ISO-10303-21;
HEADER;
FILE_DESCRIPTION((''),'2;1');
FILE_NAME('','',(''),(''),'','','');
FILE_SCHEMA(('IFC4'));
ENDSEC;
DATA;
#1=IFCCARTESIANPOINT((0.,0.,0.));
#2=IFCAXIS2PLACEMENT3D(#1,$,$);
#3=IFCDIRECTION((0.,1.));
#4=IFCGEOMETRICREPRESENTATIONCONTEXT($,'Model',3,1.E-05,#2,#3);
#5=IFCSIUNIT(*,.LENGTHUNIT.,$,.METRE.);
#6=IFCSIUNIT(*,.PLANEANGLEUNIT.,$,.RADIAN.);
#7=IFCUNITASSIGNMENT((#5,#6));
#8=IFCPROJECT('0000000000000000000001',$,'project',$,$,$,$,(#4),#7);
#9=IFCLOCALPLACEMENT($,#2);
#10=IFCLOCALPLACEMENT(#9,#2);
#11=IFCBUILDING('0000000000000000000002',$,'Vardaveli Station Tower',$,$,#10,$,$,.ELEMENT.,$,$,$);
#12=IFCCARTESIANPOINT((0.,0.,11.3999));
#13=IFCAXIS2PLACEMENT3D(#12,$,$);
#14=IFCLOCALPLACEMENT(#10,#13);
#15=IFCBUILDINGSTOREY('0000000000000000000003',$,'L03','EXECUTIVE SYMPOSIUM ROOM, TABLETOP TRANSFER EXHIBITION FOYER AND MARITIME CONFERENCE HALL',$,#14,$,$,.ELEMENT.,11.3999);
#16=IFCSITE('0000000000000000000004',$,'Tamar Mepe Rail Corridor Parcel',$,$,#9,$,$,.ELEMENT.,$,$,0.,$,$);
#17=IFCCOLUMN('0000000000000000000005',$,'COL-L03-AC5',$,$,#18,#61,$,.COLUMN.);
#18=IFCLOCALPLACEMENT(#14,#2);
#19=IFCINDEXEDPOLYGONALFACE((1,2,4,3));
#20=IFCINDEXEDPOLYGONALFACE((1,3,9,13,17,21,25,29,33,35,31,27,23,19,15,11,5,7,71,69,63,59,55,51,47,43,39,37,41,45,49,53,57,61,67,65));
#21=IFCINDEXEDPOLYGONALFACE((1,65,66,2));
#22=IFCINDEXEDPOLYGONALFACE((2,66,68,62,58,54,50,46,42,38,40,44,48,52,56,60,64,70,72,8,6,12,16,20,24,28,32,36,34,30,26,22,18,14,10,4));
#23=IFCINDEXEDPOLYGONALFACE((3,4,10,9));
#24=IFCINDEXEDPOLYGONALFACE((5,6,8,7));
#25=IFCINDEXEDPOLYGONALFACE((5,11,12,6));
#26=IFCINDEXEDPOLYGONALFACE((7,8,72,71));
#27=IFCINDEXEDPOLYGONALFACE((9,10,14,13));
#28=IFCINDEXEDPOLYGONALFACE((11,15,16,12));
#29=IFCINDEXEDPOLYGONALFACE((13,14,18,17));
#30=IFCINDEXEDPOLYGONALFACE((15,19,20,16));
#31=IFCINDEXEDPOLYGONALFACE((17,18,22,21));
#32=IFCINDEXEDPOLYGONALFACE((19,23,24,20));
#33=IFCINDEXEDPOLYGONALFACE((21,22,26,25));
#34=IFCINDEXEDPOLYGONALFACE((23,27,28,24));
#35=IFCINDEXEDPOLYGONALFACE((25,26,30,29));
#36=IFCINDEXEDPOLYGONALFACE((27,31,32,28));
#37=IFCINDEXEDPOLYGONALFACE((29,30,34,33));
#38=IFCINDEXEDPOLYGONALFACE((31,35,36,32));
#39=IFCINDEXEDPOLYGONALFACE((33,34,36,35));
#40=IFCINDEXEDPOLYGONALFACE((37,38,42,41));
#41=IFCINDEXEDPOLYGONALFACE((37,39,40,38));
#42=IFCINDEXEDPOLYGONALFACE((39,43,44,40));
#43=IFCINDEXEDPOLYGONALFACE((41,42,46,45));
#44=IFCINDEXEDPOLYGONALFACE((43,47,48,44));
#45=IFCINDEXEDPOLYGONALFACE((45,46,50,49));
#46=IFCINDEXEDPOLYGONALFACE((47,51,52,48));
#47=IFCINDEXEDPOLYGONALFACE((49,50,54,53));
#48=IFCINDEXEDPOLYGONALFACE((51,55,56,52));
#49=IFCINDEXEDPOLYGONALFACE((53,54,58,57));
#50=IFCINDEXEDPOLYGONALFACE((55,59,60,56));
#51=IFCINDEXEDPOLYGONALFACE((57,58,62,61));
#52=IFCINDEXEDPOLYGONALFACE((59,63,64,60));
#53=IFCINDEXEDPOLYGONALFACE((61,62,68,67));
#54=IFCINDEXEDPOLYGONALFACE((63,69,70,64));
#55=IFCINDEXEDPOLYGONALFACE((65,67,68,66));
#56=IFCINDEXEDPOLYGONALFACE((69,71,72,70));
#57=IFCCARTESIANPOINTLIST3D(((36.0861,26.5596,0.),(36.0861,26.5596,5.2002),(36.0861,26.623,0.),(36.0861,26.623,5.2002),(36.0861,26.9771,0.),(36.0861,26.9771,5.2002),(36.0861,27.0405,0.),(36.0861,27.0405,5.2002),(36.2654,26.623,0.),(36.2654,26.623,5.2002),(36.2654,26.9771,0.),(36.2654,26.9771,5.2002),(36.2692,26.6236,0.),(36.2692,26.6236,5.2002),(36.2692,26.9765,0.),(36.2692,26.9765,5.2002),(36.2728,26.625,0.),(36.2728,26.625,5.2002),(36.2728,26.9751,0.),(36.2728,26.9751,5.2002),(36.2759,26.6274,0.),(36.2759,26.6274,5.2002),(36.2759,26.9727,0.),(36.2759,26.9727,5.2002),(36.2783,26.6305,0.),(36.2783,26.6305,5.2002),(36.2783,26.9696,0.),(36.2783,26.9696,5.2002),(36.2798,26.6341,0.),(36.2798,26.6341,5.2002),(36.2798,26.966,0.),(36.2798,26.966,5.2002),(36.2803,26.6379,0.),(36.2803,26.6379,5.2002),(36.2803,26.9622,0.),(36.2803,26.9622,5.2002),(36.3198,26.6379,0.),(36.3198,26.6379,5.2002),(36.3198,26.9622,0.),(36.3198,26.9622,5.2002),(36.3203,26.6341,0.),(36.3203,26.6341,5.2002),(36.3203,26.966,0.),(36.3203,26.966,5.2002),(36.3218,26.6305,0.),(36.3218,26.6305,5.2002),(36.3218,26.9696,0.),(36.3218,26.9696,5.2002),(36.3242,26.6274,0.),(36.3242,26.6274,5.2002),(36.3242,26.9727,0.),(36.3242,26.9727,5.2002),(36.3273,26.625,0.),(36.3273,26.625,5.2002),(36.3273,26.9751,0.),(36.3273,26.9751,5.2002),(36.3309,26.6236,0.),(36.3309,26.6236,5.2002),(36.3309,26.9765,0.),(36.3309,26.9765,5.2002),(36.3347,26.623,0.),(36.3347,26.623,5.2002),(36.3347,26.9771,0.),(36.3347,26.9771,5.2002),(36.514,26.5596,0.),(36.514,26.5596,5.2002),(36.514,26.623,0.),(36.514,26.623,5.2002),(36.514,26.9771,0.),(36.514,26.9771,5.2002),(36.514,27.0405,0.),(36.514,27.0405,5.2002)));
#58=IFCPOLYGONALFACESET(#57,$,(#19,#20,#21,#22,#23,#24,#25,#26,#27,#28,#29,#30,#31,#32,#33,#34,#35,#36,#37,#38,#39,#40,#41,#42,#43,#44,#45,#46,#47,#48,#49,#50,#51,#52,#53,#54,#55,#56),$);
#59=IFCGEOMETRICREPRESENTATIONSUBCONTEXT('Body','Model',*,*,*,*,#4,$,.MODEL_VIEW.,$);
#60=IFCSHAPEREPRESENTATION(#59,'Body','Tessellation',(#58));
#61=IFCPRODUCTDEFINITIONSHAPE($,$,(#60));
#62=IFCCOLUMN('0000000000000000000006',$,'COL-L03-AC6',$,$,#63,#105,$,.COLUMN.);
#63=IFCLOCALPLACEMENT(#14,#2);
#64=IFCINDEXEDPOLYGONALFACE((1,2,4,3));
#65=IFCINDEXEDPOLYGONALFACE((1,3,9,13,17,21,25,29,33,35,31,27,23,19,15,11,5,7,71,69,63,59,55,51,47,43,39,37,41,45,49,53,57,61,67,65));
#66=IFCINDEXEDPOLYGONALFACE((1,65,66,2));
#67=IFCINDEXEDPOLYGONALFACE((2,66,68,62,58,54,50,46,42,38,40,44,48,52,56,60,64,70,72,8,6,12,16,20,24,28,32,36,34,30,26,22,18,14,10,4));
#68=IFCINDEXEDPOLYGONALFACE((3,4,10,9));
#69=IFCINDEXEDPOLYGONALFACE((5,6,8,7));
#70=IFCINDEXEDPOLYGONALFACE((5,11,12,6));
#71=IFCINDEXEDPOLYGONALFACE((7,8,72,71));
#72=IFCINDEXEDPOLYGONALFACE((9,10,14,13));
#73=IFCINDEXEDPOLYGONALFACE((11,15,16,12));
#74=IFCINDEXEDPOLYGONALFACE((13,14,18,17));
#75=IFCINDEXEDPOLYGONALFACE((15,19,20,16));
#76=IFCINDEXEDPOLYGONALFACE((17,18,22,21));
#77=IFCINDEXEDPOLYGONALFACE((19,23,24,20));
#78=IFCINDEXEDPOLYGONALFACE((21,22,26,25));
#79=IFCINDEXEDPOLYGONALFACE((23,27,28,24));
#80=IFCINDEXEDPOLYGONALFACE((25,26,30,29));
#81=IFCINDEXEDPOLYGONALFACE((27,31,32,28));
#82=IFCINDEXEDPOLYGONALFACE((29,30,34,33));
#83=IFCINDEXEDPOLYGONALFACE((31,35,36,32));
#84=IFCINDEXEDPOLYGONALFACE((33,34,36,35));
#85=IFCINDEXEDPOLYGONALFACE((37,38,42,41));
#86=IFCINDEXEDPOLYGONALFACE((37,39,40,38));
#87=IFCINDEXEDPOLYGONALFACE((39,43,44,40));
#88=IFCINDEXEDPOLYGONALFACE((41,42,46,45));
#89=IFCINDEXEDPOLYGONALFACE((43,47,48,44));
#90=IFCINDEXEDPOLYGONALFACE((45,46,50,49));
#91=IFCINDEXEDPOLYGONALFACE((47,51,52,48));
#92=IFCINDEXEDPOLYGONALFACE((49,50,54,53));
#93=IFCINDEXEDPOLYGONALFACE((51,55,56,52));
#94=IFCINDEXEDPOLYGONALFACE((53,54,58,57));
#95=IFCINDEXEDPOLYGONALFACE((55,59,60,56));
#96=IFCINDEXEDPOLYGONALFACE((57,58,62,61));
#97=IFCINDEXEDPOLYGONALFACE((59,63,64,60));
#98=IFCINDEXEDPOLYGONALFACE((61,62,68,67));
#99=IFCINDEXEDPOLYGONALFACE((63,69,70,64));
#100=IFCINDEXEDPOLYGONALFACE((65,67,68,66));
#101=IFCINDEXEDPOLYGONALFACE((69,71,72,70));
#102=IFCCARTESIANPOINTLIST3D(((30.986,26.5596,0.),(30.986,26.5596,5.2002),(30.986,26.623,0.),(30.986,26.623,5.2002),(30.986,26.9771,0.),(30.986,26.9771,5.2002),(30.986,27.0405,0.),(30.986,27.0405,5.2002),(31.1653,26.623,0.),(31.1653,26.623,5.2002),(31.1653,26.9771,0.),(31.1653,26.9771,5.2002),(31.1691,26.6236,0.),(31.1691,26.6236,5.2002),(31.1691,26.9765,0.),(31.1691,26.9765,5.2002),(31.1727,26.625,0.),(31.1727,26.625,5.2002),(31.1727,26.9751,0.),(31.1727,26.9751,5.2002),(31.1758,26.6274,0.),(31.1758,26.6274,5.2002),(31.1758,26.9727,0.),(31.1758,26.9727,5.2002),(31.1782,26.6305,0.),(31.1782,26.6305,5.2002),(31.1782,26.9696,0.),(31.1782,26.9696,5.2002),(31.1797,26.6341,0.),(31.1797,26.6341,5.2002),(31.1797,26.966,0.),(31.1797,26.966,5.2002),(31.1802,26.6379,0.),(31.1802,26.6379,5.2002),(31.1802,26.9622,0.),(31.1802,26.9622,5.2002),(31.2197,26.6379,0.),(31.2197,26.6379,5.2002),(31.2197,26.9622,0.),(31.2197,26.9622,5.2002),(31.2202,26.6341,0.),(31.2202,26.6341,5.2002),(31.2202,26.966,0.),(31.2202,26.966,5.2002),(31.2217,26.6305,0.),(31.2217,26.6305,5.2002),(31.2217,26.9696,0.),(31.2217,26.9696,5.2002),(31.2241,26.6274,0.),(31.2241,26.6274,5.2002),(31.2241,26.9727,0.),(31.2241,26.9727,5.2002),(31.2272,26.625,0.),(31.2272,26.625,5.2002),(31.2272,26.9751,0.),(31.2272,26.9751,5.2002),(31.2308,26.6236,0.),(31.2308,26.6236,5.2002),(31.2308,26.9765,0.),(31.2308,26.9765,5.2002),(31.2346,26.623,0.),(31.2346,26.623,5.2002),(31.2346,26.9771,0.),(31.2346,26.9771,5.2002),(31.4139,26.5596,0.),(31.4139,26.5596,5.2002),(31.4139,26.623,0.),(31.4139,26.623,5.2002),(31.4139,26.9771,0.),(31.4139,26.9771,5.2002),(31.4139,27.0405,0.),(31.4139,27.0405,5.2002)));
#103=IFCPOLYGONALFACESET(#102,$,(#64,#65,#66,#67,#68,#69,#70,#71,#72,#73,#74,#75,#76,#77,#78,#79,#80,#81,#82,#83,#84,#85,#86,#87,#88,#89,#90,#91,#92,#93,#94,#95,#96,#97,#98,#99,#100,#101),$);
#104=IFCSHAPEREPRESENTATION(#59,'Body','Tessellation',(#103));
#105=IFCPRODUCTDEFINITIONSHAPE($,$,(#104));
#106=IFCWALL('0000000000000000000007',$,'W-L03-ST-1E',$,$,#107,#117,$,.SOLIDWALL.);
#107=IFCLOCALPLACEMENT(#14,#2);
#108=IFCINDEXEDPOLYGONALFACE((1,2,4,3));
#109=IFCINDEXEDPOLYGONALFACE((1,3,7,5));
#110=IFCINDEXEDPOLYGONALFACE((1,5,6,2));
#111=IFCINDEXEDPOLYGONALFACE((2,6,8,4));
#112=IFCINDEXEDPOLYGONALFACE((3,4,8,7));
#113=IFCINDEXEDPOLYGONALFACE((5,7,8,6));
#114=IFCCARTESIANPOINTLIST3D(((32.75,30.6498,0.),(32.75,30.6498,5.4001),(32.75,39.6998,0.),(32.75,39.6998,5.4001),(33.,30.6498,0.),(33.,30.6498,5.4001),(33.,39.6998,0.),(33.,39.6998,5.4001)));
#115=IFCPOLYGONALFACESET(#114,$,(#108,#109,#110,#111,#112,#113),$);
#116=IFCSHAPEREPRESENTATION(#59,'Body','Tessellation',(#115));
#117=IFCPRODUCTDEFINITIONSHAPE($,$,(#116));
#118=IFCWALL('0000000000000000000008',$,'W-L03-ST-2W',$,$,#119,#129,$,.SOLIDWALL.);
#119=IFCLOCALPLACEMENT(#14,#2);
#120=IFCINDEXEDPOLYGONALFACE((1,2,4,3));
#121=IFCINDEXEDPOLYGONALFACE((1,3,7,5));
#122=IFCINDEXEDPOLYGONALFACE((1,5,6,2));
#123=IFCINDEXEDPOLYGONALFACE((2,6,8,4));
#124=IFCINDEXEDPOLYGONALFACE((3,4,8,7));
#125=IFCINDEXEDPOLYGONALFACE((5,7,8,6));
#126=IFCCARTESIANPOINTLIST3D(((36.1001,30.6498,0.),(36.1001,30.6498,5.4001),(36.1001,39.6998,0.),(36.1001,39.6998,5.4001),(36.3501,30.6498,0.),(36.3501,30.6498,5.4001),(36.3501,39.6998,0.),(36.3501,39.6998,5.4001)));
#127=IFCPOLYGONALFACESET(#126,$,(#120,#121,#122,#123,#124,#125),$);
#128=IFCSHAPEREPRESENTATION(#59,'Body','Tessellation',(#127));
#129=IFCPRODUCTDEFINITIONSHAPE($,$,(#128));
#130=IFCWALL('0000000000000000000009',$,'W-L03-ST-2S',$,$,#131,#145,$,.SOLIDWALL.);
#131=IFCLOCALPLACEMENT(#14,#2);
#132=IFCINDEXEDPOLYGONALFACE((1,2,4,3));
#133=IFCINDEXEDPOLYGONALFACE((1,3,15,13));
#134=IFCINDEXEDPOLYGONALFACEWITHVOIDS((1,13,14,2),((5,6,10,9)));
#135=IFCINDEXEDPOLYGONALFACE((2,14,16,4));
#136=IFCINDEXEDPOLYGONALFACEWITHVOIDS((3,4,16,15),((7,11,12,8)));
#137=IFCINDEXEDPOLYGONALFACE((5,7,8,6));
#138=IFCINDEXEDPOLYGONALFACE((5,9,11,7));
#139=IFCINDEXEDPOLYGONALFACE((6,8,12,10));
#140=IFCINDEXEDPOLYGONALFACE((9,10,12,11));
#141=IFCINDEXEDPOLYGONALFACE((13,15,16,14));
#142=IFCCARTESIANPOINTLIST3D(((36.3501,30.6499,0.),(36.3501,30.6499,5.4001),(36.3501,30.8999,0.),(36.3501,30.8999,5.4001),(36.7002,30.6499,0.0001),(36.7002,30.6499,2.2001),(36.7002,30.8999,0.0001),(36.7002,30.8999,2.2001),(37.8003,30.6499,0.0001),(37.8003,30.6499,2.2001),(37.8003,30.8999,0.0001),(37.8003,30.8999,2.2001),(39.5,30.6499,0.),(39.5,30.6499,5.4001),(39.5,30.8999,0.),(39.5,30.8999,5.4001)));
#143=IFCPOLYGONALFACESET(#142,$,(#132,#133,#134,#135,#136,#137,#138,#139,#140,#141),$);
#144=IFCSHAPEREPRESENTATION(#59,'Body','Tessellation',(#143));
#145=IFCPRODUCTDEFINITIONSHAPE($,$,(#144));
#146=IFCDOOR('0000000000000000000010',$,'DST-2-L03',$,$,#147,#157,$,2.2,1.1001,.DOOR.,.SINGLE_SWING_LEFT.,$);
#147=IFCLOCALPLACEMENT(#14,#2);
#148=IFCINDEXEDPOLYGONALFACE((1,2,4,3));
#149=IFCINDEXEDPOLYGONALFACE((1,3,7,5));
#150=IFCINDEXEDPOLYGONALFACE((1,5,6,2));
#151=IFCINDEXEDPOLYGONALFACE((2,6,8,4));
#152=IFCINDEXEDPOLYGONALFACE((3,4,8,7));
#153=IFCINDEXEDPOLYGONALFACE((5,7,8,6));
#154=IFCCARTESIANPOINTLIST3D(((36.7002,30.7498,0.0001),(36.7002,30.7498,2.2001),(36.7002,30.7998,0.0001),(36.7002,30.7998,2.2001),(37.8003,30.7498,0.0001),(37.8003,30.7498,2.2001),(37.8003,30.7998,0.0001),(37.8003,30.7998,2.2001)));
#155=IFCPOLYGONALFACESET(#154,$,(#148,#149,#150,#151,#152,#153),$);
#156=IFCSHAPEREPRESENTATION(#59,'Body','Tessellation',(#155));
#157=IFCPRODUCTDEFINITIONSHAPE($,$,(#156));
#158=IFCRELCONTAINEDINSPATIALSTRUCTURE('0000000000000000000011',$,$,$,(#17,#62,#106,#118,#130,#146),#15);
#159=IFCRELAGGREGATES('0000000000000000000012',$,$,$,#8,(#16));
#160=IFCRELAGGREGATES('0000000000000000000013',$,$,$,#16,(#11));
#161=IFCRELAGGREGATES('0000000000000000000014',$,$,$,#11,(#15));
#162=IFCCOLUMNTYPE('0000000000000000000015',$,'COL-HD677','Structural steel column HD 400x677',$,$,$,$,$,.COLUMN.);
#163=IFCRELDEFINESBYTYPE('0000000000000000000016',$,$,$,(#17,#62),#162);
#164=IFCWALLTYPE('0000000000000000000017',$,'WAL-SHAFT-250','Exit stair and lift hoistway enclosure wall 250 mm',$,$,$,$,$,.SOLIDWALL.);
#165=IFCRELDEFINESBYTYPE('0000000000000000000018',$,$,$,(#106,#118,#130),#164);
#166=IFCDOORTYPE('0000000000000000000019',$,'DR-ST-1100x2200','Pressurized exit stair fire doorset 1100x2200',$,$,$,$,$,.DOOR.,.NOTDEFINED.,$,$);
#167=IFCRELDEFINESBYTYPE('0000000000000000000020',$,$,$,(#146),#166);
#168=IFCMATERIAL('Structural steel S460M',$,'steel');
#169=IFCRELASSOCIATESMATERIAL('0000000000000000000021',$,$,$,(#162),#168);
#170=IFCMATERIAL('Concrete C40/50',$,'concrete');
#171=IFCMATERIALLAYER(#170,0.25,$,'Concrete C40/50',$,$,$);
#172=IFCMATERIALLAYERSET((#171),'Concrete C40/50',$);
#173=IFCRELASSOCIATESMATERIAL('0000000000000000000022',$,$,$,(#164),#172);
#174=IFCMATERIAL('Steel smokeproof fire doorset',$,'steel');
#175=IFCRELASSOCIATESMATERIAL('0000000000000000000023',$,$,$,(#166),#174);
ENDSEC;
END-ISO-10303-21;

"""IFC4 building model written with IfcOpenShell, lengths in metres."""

from ifc_helpers import new_model, si_unit, direction, frame, frame_2d, origin, origin_2d, place, context, subcontext, project, spatial, rectangle, i_section, extrude, source, transform, mapped, material, layer, layer_set, material_profile, profile_set, type_object, element, fill, save


model = new_model("IFC4")

# Units and contexts
model_context = context("Model", 3, precision=1e-05, world=origin(), true_north=direction((0.0, 1.0)))
body_context = subcontext(model_context, "Body", "Model", "MODEL_VIEW")
ifc_project = project(units=[si_unit("LENGTHUNIT", "METRE"), si_unit("PLANEANGLEUNIT", "RADIAN")], contexts=[model_context])

# Site, building, storey
site_placement = place(None, origin())
site = spatial("IfcSite", under=ifc_project, at=site_placement, Name="Tamar Mepe Rail Corridor Parcel", CompositionType="ELEMENT", RefElevation=0.0)
building_placement = place(site_placement, origin())
building = spatial("IfcBuilding", under=site, at=building_placement, Name="Vardaveli Station Tower", CompositionType="ELEMENT")
storey_placement = place(building_placement, frame((0.0, 0.0, 11.3999)))
storey = spatial("IfcBuildingStorey", under=building, at=storey_placement, Name="L03", Description="EXECUTIVE SYMPOSIUM ROOM, TABLETOP TRANSFER EXHIBITION FOYER AND MARITIME CONFERENCE HALL", CompositionType="ELEMENT", Elevation=11.3999)

# Columns
ifc_material_1 = material(Name="Structural steel S460M", Category="steel")
ifc_material_profile = material_profile(ifc_material_1, i_section(OverallWidth=0.428, OverallDepth=0.481, WebThickness=0.0396, FlangeThickness=0.0635, FilletRadius=0.0149, at=origin_2d()), Name="HD 400x677")
ifc_profile_set = profile_set([ifc_material_profile], Name="Structural steel S460M")
column_type = type_object("IfcColumnType", Name="COL-HD677", Description="Structural steel column HD 400x677", PredefinedType="COLUMN", material=ifc_profile_set)
shared_shape_1 = source(origin(), body_context, "Body", "SweptSolid", [
    extrude(i_section(OverallWidth=0.428, OverallDepth=0.481, WebThickness=0.0396, FlangeThickness=0.0635, FilletRadius=0.0149, at=origin_2d()), origin(), (0.0, 0.0, 1.0), 5.2002),
])
for number, where, z_axis, x_axis, name in (
    (1, (36.3, 26.8, 0.0), (0.0, 0.0, 1.0), (1.0, 0.0, 0.0), "COL-L03-AC5"),
    (2, (31.2, 26.8, 0.0), (0.0, 0.0, 1.0), (1.0, 0.0, 0.0), "COL-L03-AC6"),
):
    element("IfcColumn", number, at=place(storey_placement, frame(where, z_axis=z_axis, x_axis=x_axis)), inside=storey, type_object=column_type, Name=name, PredefinedType="COLUMN", context=body_context, shape_type="MappedRepresentation", body=[
        mapped(shared_shape_1, transform((0.0, 0.0, 0.0), scale=1.0)),
    ])

# Walls
ifc_material_2 = material(Name="Concrete C40/50", Category="concrete")
ifc_layer_1 = layer(ifc_material_2, 0.25, Name="Concrete C40/50")
ifc_layer_set_1 = layer_set([ifc_layer_1], Name="Concrete C40/50")
wall_type_1 = type_object("IfcWallType", Name="WAL-SHAFT-250", Description="Exit stair and lift hoistway enclosure wall 250 mm", PredefinedType="SOLIDWALL", material=ifc_layer_set_1)
shared_shape_2 = source(origin(), body_context, "Body", "SweptSolid", [
    extrude(rectangle(XDim=9.05, YDim=0.25, at=frame_2d((4.5249, 0.0))), origin(), (0.0, 0.0, 1.0), 5.4001),
])
for number, where, z_axis, x_axis, name in (
    (3, (32.875, 30.6499, 0.0), (0.0, 0.0, 1.0), (0.0, 1.0, 0.0), "W-L03-ST-1E"),
    (4, (36.2251, 30.6499, 0.0), (0.0, 0.0, 1.0), (0.0, 1.0, 0.0), "W-L03-ST-2W"),
):
    element("IfcWall", number, at=place(storey_placement, frame(where, z_axis=z_axis, x_axis=x_axis)), inside=storey, type_object=wall_type_1, Name=name, PredefinedType="SOLIDWALL", context=body_context, shape_type="MappedRepresentation", body=[
        mapped(shared_shape_2, transform((0.0, 0.0, 0.0), scale=1.0)),
    ])

# Wall, opening, door
shared_shape_3 = source(origin(), body_context, "Body", "SweptSolid", [
    extrude(rectangle(XDim=3.1499, YDim=0.25, at=frame_2d((1.575, 0.0))), origin(), (0.0, 0.0, 1.0), 5.4001),
])
wall_1_placement = place(storey_placement, frame((36.3501, 30.7749, 0.0), z_axis=(0.0, 0.0, 1.0), x_axis=(1.0, 0.0, 0.0)))
wall_1 = element("IfcWall", 5, at=wall_1_placement, inside=storey, type_object=wall_type_1, Name="W-L03-ST-2S", PredefinedType="SOLIDWALL", context=body_context, shape_type="MappedRepresentation", body=[
    mapped(shared_shape_3, transform((0.0, 0.0, 0.0), scale=1.0)),
])
shared_shape_4 = source(origin(), body_context, "Body", "SweptSolid", [
    extrude(rectangle(XDim=1.1001, YDim=2.2, at=frame_2d((0.55, 1.1001))), frame((0.0, 0.135, 0.0), z_axis=(0.0, -1.0, 0.0), x_axis=(1.0, 0.0, 0.0)), (0.0, 0.0, 1.0), 0.27),
])
opening_1_placement = place(wall_1_placement, frame((0.3501, 0.0, 0.0)))
opening_1 = element("IfcOpeningElement", 6, at=opening_1_placement, cuts=wall_1, PredefinedType="OPENING", context=body_context, shape_type="MappedRepresentation", body=[
    mapped(shared_shape_4, transform((0.0, 0.0, 0.0), scale=1.0)),
])
ifc_material_3 = material(Name="Steel smokeproof fire doorset", Category="steel")
door_type_1 = type_object("IfcDoorType", Name="DR-ST-1100x2200", Description="Pressurized exit stair fire doorset 1100x2200", OperationType="NOTDEFINED", PredefinedType="DOOR", material=ifc_material_3)
shared_shape_5 = source(origin(), body_context, "Body", "SweptSolid", [
    extrude(rectangle(XDim=1.1001, YDim=2.2, at=frame_2d((0.55, 1.1001))), frame((0.0, 0.0249, 0.0), z_axis=(0.0, -1.0, 0.0), x_axis=(1.0, 0.0, 0.0)), (0.0, 0.0, 1.0), 0.05),
])
door_1_placement = place(opening_1_placement, origin())
door_1 = element("IfcDoor", 7, at=door_1_placement, inside=storey, type_object=door_type_1, Name="DST-2-L03", OperationType="SINGLE_SWING_LEFT", OverallHeight=2.2, OverallWidth=1.1001, PredefinedType="DOOR", context=body_context, shape_type="MappedRepresentation", body=[
    mapped(shared_shape_5, transform((0.0, 0.0, 0.0), scale=1.0)),
])
fill(opening_1, door_1)

save(model, "model.ifc")
